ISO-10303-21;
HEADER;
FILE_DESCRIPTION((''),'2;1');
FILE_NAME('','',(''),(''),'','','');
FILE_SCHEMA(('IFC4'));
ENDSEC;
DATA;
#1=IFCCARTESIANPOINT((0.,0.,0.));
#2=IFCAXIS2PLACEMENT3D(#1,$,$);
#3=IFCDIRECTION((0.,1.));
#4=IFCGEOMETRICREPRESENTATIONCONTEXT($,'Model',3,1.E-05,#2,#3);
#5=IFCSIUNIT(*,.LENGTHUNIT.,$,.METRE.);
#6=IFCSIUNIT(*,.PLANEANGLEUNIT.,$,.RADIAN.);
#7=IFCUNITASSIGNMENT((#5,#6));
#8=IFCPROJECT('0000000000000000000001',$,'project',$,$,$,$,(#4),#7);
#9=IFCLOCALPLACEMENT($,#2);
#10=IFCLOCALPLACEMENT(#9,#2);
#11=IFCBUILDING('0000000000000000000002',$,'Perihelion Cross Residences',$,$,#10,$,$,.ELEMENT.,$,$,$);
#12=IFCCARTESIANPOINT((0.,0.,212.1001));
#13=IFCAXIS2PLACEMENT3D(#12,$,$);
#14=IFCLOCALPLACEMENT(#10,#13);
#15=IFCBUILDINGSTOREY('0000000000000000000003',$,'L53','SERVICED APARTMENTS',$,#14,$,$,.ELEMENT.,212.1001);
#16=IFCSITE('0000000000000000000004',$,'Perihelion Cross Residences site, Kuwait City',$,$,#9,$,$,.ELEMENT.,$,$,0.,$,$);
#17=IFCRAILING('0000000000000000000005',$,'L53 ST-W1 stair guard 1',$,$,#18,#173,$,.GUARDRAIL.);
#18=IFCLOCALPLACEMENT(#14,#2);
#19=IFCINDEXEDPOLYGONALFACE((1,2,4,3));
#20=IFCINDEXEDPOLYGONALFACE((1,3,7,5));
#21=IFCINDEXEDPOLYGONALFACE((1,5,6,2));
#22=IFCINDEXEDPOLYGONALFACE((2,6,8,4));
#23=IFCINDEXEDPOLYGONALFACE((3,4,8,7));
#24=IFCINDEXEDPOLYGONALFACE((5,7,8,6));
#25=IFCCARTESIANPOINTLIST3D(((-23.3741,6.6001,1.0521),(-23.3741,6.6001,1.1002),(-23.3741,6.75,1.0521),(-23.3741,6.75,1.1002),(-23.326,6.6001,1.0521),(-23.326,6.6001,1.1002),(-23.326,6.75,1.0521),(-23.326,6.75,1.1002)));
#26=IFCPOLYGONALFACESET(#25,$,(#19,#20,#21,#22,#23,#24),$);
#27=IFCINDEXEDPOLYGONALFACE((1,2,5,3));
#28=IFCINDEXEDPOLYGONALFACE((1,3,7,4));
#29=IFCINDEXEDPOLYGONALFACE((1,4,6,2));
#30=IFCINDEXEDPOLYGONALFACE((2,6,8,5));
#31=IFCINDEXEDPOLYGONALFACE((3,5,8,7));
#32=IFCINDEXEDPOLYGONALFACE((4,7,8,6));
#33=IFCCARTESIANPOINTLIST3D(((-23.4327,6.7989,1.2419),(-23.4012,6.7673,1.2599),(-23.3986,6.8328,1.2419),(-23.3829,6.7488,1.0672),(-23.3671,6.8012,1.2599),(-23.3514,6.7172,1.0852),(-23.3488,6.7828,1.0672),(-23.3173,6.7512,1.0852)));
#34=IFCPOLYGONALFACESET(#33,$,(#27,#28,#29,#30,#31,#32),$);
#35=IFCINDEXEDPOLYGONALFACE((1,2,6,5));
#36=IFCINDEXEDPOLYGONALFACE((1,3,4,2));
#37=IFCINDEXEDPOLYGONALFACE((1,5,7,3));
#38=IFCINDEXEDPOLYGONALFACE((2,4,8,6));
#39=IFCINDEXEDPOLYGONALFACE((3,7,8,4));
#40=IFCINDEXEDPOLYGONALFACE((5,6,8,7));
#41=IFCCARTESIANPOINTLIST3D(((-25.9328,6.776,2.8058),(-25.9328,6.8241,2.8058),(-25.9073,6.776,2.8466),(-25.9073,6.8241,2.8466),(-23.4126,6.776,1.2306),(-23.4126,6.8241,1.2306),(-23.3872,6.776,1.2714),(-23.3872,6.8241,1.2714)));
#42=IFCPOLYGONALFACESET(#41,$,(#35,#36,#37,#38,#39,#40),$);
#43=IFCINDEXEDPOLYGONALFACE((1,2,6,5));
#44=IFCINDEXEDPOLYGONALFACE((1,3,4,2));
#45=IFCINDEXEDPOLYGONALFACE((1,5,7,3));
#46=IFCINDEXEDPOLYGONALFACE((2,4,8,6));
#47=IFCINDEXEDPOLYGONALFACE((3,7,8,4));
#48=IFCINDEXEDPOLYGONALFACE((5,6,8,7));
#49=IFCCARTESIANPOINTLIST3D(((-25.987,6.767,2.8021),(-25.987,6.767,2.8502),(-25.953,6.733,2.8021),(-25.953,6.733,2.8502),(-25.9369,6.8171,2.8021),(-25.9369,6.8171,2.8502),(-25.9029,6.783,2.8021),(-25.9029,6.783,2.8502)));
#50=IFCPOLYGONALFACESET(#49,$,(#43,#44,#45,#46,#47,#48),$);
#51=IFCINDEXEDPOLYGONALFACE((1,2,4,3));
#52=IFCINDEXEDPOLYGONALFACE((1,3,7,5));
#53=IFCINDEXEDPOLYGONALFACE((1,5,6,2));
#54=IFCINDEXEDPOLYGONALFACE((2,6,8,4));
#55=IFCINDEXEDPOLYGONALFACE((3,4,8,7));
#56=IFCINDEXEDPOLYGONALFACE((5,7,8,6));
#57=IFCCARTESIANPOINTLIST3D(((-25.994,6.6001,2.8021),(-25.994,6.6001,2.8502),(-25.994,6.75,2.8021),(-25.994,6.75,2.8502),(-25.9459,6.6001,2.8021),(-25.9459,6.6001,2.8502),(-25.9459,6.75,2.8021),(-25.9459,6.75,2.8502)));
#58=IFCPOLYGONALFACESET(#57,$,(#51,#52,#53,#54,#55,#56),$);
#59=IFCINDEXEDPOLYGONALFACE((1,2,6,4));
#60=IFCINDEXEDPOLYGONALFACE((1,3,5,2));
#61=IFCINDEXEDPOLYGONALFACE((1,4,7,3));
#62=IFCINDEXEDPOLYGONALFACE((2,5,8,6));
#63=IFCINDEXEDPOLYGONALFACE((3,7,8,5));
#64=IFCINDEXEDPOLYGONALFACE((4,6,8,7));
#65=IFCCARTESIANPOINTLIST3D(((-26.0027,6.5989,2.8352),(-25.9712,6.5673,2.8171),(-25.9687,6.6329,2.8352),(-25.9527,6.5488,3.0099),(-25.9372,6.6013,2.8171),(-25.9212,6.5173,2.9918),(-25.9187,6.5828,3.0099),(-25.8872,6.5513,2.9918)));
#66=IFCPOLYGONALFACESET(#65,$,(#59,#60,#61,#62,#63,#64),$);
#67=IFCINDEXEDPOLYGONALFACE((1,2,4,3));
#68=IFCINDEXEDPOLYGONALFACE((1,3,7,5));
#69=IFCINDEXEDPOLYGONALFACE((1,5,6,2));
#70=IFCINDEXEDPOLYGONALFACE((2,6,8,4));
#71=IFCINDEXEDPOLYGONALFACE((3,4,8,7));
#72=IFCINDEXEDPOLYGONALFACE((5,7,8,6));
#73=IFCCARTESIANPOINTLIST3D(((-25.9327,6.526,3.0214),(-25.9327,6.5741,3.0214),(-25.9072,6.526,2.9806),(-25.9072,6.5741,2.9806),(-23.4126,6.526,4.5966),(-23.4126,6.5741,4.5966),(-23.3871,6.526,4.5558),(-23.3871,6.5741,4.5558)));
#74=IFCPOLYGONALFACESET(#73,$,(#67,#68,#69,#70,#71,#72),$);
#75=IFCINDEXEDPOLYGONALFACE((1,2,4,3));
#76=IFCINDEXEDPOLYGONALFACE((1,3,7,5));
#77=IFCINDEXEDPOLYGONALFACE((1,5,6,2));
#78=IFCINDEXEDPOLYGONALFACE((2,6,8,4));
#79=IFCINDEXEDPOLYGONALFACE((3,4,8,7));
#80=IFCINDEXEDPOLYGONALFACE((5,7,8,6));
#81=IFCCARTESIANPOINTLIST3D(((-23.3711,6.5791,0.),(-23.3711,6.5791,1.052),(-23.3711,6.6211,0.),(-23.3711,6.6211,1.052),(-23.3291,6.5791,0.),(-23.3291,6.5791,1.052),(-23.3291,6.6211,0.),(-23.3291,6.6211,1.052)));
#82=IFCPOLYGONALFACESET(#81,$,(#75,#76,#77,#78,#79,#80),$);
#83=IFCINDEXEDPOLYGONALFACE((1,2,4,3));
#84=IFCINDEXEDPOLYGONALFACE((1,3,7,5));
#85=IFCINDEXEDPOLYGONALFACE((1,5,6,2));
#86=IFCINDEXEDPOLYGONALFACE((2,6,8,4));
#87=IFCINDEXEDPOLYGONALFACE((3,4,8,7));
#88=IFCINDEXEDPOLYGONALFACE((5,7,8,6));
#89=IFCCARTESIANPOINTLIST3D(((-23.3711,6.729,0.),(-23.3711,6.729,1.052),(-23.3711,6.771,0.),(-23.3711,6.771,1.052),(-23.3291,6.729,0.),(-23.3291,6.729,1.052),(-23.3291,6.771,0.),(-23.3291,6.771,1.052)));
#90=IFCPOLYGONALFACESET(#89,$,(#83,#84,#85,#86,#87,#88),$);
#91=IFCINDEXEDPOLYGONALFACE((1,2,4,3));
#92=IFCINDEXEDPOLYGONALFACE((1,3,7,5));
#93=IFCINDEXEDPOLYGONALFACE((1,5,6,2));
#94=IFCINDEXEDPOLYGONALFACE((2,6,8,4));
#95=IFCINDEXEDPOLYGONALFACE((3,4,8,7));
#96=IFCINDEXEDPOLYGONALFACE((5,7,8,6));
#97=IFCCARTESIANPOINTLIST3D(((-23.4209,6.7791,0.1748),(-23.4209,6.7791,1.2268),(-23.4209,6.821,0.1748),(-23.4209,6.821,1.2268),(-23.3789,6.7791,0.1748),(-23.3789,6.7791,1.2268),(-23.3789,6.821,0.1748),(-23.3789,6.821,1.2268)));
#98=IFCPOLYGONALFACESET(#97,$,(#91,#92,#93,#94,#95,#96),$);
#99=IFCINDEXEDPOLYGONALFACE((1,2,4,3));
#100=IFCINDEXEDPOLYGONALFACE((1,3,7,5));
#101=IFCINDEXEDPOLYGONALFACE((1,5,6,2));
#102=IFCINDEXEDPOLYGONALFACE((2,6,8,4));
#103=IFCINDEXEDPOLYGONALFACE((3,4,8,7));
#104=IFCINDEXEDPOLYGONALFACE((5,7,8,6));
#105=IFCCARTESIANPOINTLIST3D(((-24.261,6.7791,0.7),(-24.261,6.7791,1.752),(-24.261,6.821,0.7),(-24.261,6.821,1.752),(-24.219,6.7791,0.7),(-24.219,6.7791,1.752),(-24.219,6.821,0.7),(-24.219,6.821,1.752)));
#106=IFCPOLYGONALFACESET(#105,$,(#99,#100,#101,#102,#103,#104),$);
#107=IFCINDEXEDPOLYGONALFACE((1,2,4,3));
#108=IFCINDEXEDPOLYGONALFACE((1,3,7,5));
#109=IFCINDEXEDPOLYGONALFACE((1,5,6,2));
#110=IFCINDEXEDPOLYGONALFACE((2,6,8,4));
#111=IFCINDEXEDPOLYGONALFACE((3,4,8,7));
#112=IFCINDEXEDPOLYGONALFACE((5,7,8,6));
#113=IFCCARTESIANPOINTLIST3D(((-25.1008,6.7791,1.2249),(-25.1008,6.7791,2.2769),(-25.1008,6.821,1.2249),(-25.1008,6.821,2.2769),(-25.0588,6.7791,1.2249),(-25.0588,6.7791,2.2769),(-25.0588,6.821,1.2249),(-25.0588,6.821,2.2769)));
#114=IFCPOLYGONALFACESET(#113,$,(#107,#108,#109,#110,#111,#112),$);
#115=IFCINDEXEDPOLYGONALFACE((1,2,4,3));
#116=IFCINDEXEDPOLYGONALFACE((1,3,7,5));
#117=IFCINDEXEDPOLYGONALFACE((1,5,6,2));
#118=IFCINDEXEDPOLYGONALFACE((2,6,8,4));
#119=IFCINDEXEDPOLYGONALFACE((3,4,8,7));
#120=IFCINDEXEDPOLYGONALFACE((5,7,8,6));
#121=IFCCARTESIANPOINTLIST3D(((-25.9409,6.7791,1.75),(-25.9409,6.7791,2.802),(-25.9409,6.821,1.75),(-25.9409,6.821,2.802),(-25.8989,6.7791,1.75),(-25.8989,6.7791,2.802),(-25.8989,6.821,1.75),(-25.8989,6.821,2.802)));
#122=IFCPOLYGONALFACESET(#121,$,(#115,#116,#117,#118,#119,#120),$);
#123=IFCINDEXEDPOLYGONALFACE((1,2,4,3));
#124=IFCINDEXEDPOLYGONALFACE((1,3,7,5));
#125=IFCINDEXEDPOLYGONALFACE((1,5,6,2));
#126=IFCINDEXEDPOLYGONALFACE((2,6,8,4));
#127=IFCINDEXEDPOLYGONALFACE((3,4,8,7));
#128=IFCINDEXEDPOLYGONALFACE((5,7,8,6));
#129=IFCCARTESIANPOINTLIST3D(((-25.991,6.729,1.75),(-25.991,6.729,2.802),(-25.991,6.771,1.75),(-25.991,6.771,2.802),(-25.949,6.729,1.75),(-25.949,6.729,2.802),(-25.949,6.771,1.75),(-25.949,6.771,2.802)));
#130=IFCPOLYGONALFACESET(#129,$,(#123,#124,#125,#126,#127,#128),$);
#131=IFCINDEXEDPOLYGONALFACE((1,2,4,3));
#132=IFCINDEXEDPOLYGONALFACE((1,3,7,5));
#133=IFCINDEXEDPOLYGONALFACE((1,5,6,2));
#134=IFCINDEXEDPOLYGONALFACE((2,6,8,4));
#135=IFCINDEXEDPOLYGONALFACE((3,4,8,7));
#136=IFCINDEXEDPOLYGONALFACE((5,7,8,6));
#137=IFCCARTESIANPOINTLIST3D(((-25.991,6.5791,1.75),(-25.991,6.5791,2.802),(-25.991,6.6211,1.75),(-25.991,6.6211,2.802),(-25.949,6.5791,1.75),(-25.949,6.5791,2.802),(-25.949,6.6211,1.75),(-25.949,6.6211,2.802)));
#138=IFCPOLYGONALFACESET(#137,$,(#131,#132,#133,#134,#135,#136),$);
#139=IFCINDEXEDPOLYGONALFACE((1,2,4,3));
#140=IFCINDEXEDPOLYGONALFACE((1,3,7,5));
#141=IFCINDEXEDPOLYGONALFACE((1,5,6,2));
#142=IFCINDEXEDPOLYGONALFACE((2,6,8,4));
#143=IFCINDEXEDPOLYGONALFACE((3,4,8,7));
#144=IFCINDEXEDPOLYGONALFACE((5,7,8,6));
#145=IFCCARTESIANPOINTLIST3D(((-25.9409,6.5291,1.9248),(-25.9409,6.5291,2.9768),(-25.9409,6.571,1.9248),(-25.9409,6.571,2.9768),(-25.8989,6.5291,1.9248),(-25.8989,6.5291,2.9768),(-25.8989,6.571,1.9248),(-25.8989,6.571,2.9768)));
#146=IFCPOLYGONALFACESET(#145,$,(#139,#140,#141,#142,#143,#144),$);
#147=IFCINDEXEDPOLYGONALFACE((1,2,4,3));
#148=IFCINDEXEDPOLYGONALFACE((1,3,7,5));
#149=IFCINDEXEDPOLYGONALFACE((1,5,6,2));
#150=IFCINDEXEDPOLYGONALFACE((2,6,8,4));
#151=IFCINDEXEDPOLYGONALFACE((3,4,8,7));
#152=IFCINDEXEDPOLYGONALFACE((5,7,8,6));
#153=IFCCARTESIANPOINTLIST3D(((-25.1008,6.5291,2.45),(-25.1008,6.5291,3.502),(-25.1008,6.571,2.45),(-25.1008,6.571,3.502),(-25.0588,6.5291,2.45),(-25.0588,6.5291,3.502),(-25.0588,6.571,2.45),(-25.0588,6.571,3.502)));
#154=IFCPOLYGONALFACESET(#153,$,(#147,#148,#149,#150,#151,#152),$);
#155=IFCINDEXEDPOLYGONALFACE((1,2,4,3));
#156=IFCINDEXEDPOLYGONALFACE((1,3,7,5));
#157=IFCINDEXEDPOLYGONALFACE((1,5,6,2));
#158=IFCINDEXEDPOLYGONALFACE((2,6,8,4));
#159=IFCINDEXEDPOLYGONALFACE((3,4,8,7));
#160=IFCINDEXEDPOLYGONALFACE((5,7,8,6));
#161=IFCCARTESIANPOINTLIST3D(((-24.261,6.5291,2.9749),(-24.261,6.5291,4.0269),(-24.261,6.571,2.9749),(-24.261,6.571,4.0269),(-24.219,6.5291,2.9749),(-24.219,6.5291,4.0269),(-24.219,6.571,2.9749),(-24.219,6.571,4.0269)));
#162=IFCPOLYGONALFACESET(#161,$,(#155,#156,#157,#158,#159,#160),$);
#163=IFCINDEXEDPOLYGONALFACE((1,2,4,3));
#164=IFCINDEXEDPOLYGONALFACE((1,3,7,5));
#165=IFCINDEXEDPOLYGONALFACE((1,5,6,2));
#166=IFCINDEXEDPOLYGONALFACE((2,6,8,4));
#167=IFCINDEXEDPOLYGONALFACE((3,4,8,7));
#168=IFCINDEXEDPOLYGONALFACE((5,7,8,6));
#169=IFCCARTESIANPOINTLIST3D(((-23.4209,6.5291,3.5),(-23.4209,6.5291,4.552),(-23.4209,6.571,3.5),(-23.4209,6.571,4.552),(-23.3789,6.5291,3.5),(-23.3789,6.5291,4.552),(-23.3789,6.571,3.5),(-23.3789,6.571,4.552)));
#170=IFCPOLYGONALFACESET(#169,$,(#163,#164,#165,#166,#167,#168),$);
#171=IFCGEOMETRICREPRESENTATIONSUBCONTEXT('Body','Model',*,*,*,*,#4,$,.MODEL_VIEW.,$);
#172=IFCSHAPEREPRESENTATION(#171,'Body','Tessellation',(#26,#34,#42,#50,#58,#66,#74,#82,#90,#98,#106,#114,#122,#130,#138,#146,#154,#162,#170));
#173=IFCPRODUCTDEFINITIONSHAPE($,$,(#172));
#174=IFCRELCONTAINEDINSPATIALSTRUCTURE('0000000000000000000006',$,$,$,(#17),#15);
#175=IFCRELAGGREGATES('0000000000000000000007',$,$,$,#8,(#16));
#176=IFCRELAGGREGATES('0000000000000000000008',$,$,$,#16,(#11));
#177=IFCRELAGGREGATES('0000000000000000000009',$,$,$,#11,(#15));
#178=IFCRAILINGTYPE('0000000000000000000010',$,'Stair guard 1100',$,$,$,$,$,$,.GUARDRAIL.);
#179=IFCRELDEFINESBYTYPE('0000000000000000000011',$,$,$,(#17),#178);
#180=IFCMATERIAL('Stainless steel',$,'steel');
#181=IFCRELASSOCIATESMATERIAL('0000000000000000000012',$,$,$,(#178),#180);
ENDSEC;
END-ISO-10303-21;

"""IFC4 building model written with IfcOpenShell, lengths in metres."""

from ifc_helpers import new_model, si_unit, direction, frame, origin, origin_2d, place, context, subcontext, project, spatial, rectangle, extrude, material, type_object, element, save


model = new_model("IFC4")

# Units and contexts
model_context = context("Model", 3, precision=1e-05, world=origin(), true_north=direction((0.0, 1.0)))
body_context = subcontext(model_context, "Body", "Model", "MODEL_VIEW")
ifc_project = project(units=[si_unit("LENGTHUNIT", "METRE"), si_unit("PLANEANGLEUNIT", "RADIAN")], contexts=[model_context])

# Site, building, storey
site_placement = place(None, origin())
site = spatial("IfcSite", under=ifc_project, at=site_placement, Name="Perihelion Cross Residences site, Kuwait City", CompositionType="ELEMENT", RefElevation=0.0)
building_placement = place(site_placement, origin())
building = spatial("IfcBuilding", under=site, at=building_placement, Name="Perihelion Cross Residences", CompositionType="ELEMENT")
storey_placement = place(building_placement, frame((0.0, 0.0, 212.1001)))
storey = spatial("IfcBuildingStorey", under=building, at=storey_placement, Name="L53", Description="SERVICED APARTMENTS", CompositionType="ELEMENT", Elevation=212.1001)

# Railing
ifc_material_1 = material(Name="Stainless steel", Category="steel")
railing_type_1 = type_object("IfcRailingType", Name="Stair guard 1100", PredefinedType="GUARDRAIL", material=ifc_material_1)
railing_1_placement = place(storey_placement, frame((-23.3501, 6.6001, 0.0)))
element("IfcRailing", 1, at=railing_1_placement, inside=storey, type_object=railing_type_1, Name="L53 ST-W1 stair guard 1", PredefinedType="GUARDRAIL", context=body_context, shape_type="SweptSolid", body=[
    extrude(rectangle(XDim=0.0481, YDim=0.0481, at=origin_2d()), frame((0.0, 0.0, 1.0762), z_axis=(0.0, 1.0, 0.0), x_axis=(-1.0, 0.0, 0.0)), (0.0, 0.0, 1.0), 0.1499),
    extrude(rectangle(XDim=0.0481, YDim=0.0481, at=origin_2d()), frame((0.0, 0.1499, 1.0762), z_axis=(-0.264179, 0.265474, 0.927218), x_axis=(-0.708834, -0.705376, 0.0)), (0.0, 0.0, 1.0), 0.1885),
    extrude(rectangle(XDim=0.0481, YDim=0.0481, at=origin_2d()), frame((-0.0498, 0.2, 1.251), z_axis=(-0.847971, 0.0, 0.530043), x_axis=(0.0, -1.0, 0.0)), (0.0, 0.0, 1.0), 2.9719),
    extrude(rectangle(XDim=0.0481, YDim=0.0481, at=origin_2d()), frame((-2.5698, 0.2, 2.8262), z_axis=(-0.707107, -0.707107, 0.0), x_axis=(0.707107, -0.707107, 0.0)), (0.0, 0.0, 1.0), 0.0708),
    extrude(rectangle(XDim=0.0481, YDim=0.0481, at=origin_2d()), frame((-2.6199, 0.1499, 2.8262), z_axis=(0.0, -1.0, 0.0), x_axis=(1.0, 0.0, 0.0)), (0.0, 0.0, 1.0), 0.1499),
    extrude(rectangle(XDim=0.0481, YDim=0.0481, at=origin_2d()), frame((-2.6199, 0.0, 2.8262), z_axis=(0.265383, -0.265383, 0.9269), x_axis=(0.707107, 0.707107, 0.0)), (0.0, 0.0, 1.0), 0.1885),
    extrude(rectangle(XDim=0.0481, YDim=0.0481, at=origin_2d()), frame((-2.5698, -0.05, 3.001), z_axis=(0.847971, 0.0, 0.530043), x_axis=(0.0, 1.0, 0.0)), (0.0, 0.0, 1.0), 2.9719),
    extrude(rectangle(XDim=0.042, YDim=0.042, at=origin_2d()), origin(), (0.0, 0.0, 1.0), 1.052),
    extrude(rectangle(XDim=0.042, YDim=0.042, at=origin_2d()), frame((0.0, 0.1499, 0.0)), (0.0, 0.0, 1.0), 1.052),
    extrude(rectangle(XDim=0.042, YDim=0.042, at=origin_2d()), frame((-0.0498, 0.2, 0.1748)), (0.0, 0.0, 1.0), 1.052),
    extrude(rectangle(XDim=0.042, YDim=0.042, at=origin_2d()), frame((-0.8899, 0.2, 0.7)), (0.0, 0.0, 1.0), 1.052),
    extrude(rectangle(XDim=0.042, YDim=0.042, at=origin_2d()), frame((-1.7297, 0.2, 1.2249)), (0.0, 0.0, 1.0), 1.052),
    extrude(rectangle(XDim=0.042, YDim=0.042, at=origin_2d()), frame((-2.5698, 0.2, 1.75)), (0.0, 0.0, 1.0), 1.052),
    extrude(rectangle(XDim=0.042, YDim=0.042, at=origin_2d()), frame((-2.6199, 0.1499, 1.75)), (0.0, 0.0, 1.0), 1.052),
    extrude(rectangle(XDim=0.042, YDim=0.042, at=origin_2d()), frame((-2.6199, 0.0, 1.75)), (0.0, 0.0, 1.0), 1.052),
    extrude(rectangle(XDim=0.042, YDim=0.042, at=origin_2d()), frame((-2.5698, -0.05, 1.9248)), (0.0, 0.0, 1.0), 1.052),
    extrude(rectangle(XDim=0.042, YDim=0.042, at=origin_2d()), frame((-1.7297, -0.05, 2.45)), (0.0, 0.0, 1.0), 1.052),
    extrude(rectangle(XDim=0.042, YDim=0.042, at=origin_2d()), frame((-0.8899, -0.05, 2.9749)), (0.0, 0.0, 1.0), 1.052),
    extrude(rectangle(XDim=0.042, YDim=0.042, at=origin_2d()), frame((-0.0498, -0.05, 3.5)), (0.0, 0.0, 1.0), 1.052),
])

save(model, "model.ifc")
